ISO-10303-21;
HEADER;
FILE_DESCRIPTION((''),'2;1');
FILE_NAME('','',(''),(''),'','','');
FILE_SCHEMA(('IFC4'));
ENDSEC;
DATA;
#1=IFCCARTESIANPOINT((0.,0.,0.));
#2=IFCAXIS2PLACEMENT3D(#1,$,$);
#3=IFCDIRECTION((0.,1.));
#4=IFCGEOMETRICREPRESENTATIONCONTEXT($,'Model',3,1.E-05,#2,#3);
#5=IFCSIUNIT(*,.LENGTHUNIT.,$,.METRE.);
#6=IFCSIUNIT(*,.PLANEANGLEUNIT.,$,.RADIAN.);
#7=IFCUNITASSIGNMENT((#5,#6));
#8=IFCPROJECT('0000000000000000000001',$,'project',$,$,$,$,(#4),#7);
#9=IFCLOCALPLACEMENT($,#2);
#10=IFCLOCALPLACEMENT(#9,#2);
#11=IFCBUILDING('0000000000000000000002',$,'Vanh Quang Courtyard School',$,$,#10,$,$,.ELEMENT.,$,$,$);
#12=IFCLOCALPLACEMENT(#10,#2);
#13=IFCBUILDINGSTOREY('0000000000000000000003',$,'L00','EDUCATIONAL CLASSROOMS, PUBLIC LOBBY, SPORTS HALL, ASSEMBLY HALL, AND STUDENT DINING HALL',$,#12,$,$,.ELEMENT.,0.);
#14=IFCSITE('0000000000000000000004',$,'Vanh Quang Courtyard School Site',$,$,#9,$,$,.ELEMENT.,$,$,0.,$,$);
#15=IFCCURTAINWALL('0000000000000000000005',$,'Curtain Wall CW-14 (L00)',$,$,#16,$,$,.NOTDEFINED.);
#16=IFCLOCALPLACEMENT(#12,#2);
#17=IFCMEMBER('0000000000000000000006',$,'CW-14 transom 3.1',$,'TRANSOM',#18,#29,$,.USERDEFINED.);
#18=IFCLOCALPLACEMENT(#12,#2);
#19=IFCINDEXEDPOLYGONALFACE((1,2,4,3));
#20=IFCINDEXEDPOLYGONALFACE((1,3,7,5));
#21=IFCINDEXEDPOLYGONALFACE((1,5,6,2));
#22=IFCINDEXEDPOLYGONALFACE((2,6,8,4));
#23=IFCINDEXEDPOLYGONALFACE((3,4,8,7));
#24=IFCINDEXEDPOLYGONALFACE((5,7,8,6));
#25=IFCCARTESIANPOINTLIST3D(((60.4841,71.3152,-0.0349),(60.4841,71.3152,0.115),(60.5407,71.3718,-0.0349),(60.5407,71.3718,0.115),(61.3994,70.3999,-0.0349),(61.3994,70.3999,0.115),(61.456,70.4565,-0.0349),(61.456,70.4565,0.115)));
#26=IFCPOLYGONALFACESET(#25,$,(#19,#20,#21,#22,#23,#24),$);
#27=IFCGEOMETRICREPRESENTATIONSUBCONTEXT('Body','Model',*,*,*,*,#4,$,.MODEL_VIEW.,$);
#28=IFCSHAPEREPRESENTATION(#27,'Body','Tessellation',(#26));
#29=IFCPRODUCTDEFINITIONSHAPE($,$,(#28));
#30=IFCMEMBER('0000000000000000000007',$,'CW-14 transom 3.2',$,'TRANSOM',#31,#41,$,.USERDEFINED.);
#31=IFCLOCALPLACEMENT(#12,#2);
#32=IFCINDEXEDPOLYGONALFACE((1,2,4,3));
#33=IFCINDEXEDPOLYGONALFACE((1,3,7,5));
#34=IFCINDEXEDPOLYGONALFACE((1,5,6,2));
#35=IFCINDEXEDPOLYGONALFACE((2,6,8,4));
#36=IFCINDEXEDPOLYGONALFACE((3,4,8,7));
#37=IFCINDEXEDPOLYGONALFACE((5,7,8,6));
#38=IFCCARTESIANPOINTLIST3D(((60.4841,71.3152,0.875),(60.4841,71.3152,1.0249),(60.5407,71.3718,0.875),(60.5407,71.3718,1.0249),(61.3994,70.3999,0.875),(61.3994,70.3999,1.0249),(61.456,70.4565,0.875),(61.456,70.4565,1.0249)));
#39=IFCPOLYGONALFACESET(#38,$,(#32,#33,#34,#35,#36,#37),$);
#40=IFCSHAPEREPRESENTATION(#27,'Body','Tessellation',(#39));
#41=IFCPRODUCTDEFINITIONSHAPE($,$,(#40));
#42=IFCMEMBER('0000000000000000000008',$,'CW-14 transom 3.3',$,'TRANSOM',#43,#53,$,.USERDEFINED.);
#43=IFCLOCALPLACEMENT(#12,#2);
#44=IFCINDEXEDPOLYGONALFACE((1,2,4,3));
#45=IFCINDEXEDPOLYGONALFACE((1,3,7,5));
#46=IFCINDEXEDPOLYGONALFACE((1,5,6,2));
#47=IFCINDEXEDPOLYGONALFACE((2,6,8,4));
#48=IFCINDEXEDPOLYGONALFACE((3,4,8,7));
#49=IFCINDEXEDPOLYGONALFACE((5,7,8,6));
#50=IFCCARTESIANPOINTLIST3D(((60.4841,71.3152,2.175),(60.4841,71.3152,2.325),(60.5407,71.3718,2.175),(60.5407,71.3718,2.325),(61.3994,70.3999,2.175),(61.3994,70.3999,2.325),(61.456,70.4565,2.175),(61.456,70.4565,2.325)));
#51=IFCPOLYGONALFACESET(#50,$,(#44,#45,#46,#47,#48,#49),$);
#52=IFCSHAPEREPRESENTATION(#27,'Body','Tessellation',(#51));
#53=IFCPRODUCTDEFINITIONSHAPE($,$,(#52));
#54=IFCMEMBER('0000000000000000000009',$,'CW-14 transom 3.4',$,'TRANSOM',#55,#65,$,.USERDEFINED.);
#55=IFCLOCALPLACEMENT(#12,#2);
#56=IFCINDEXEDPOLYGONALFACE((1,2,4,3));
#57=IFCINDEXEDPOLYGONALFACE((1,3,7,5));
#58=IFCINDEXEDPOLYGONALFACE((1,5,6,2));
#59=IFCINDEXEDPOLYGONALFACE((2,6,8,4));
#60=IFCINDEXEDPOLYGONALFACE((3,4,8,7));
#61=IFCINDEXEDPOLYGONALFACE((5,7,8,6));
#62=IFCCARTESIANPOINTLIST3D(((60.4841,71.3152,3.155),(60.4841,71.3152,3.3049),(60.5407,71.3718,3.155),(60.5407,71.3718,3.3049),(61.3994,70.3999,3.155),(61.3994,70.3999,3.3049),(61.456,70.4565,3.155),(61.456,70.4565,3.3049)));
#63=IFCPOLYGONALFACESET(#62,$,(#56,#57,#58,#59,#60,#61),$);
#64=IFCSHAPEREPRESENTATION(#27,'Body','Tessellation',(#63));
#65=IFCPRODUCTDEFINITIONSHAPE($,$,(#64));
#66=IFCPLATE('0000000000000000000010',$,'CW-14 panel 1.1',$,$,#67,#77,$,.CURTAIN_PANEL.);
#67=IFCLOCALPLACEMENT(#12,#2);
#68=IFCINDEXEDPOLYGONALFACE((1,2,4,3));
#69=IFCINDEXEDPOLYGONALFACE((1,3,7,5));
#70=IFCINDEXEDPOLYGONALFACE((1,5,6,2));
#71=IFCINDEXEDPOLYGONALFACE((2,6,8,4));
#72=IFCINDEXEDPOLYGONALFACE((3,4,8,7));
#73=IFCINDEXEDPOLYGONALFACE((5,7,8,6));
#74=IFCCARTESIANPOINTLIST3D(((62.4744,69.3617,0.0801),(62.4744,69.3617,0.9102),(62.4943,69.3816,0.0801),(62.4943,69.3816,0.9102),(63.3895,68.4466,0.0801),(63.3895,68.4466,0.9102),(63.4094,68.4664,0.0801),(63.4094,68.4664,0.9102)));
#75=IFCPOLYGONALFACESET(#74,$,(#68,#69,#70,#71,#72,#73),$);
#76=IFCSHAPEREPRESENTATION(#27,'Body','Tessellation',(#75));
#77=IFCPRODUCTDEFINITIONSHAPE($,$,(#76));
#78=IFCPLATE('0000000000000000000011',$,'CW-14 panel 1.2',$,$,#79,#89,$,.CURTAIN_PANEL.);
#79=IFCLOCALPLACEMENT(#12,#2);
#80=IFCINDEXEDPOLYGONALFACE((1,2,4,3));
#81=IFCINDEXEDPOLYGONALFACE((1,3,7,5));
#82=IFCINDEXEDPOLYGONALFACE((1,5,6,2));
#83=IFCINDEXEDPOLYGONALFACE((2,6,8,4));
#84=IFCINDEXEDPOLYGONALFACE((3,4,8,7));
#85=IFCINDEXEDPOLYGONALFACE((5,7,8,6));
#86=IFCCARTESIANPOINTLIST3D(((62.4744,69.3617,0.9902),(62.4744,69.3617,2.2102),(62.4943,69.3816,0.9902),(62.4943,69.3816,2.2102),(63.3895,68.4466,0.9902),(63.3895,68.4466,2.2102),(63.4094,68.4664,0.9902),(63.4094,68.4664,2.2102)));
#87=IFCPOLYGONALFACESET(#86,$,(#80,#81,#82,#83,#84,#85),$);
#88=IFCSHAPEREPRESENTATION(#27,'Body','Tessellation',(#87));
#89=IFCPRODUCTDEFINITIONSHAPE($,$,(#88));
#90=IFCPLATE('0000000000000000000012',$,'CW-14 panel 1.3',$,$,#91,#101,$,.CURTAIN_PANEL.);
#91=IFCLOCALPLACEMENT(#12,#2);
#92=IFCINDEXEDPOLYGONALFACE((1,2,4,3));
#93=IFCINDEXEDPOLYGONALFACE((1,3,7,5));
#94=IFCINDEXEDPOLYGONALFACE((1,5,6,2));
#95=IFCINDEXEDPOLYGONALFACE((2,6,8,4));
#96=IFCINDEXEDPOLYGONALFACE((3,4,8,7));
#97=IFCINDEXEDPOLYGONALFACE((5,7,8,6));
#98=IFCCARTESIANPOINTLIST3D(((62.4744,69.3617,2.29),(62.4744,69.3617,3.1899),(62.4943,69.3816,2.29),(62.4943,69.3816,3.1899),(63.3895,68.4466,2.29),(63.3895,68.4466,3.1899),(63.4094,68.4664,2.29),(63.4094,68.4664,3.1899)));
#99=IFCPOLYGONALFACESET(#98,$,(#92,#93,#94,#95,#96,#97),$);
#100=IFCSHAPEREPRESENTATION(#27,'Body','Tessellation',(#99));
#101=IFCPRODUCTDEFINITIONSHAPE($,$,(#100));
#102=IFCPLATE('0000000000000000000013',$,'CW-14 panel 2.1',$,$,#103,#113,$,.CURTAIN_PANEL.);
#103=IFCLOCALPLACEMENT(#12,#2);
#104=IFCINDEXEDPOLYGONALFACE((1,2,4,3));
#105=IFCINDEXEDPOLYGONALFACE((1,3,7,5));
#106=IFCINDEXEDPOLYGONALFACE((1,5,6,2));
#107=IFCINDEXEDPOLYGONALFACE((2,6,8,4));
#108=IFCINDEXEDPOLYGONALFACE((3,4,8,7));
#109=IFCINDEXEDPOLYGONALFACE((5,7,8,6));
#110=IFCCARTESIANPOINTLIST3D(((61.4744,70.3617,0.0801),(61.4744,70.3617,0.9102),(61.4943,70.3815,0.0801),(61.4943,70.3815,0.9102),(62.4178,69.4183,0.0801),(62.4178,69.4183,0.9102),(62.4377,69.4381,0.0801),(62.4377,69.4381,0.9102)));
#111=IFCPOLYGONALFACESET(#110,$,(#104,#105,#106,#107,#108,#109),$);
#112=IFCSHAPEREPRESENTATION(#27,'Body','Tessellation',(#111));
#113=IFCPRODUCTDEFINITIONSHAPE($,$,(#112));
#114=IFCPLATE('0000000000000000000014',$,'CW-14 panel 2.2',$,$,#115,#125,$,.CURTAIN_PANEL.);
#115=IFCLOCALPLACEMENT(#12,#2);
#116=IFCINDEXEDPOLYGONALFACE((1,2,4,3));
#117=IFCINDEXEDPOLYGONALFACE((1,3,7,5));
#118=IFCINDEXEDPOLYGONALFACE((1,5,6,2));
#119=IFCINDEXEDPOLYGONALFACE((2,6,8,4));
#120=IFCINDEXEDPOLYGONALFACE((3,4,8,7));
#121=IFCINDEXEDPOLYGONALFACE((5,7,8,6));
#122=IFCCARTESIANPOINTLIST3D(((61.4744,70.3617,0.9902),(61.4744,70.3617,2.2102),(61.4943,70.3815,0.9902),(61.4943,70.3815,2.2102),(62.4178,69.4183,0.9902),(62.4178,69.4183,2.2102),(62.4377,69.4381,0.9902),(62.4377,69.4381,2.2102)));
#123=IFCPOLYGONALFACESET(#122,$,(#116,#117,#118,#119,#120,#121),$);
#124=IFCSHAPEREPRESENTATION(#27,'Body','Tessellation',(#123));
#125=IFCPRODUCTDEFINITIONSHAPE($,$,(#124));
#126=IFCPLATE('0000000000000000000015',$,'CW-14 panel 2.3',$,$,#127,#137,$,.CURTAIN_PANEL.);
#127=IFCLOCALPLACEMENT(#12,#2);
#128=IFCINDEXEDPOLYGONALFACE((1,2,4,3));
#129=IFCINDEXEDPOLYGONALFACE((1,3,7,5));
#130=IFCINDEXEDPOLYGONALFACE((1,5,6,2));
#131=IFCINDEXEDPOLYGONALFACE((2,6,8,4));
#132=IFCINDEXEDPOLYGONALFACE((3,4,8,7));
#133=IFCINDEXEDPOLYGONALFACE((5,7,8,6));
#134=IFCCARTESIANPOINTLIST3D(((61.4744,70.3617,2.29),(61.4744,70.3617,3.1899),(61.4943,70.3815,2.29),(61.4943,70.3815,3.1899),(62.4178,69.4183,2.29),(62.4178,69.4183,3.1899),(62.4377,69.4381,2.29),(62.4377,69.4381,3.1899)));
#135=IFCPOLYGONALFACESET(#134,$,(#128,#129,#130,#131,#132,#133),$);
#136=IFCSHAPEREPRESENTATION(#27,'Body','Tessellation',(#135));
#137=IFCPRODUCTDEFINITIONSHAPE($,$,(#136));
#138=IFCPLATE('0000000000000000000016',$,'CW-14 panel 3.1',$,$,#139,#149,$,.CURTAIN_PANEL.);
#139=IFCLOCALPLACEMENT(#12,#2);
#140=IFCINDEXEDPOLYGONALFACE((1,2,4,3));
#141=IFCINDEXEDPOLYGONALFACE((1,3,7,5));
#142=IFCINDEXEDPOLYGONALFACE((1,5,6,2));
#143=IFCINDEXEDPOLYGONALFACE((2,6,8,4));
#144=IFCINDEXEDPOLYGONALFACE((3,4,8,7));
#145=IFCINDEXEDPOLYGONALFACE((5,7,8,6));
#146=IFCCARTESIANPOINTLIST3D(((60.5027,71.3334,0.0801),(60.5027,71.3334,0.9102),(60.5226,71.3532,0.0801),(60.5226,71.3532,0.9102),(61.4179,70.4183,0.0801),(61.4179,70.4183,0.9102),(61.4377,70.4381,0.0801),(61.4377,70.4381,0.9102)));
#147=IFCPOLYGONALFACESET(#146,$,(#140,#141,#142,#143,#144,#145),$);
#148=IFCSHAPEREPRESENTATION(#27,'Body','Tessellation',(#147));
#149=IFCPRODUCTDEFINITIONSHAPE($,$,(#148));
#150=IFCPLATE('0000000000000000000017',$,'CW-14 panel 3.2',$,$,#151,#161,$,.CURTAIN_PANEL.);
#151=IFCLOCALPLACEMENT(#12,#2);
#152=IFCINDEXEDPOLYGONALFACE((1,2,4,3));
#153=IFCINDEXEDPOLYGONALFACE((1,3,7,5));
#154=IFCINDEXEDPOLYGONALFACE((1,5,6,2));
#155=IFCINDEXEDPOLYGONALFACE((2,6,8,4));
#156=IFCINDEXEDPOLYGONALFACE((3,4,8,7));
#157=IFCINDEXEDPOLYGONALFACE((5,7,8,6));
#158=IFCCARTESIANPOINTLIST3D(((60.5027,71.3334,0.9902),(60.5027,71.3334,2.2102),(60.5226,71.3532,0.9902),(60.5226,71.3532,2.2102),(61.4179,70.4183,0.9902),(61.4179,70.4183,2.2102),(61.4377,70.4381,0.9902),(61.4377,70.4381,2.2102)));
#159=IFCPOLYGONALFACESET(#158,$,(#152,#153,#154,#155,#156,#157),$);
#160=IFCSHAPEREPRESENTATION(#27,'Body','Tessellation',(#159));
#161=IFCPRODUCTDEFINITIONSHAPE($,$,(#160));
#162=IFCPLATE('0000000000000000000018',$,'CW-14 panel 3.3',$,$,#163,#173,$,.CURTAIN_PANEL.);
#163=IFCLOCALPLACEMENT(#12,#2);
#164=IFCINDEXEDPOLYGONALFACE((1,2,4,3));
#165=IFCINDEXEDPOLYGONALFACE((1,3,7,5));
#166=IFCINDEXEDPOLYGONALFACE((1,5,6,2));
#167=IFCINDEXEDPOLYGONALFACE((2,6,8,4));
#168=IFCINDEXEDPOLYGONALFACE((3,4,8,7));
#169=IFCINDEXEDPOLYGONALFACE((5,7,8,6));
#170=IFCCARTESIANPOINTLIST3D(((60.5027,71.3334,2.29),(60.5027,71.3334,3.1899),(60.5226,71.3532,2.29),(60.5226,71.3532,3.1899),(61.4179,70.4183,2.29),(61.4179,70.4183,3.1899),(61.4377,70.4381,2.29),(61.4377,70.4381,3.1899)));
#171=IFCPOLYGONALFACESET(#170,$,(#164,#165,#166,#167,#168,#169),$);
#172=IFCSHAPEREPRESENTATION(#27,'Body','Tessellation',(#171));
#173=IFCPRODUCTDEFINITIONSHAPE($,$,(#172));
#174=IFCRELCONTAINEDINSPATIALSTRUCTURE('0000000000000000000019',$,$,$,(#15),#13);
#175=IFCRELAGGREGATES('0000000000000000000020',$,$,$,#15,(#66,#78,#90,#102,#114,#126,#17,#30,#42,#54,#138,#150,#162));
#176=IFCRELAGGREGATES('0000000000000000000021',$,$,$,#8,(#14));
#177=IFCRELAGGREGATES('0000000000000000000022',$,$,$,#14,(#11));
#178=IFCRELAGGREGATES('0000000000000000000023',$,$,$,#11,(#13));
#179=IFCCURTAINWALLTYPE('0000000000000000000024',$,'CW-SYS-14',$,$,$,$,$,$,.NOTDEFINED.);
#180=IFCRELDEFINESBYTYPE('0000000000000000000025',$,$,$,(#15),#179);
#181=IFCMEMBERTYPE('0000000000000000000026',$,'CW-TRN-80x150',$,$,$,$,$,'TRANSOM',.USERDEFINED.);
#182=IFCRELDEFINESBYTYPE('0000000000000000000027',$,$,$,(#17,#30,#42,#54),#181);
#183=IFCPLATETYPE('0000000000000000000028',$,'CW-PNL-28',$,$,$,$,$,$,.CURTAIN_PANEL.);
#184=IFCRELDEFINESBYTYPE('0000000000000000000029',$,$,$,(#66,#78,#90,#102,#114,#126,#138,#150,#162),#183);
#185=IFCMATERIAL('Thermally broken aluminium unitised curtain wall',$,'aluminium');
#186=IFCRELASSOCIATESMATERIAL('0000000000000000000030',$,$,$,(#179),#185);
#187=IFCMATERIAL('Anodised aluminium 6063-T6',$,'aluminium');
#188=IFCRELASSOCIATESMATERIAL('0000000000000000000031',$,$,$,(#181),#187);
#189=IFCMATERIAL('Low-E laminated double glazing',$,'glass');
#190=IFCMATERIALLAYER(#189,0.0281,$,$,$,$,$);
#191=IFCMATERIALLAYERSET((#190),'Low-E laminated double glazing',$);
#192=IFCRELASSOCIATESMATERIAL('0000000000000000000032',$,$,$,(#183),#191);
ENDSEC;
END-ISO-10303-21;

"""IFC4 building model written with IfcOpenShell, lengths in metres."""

from ifc_helpers import new_model, si_unit, direction, frame, origin, origin_2d, place, context, subcontext, project, spatial, rectangle, extrude, material, layer, layer_set, material_profile, profile_set, type_object, element, aggregate, save


model = new_model("IFC4")

# Units and contexts
model_context = context("Model", 3, precision=1e-05, world=origin(), true_north=direction((0.0, 1.0)))
body_context = subcontext(model_context, "Body", "Model", "MODEL_VIEW")
ifc_project = project(units=[si_unit("LENGTHUNIT", "METRE"), si_unit("PLANEANGLEUNIT", "RADIAN")], contexts=[model_context])

# Site, building, storey
site_placement = place(None, origin())
site = spatial("IfcSite", under=ifc_project, at=site_placement, Name="Vanh Quang Courtyard School Site", CompositionType="ELEMENT", RefElevation=0.0)
building_placement = place(site_placement, origin())
building = spatial("IfcBuilding", under=site, at=building_placement, Name="Vanh Quang Courtyard School", CompositionType="ELEMENT")
storey_placement = place(building_placement, origin())
storey = spatial("IfcBuildingStorey", under=building, at=storey_placement, Name="L00", Description="EDUCATIONAL CLASSROOMS, PUBLIC LOBBY, SPORTS HALL, ASSEMBLY HALL, AND STUDENT DINING HALL", CompositionType="ELEMENT", Elevation=0.0)

# Curtain wall, members, plates
ifc_material_1 = material(Name="Thermally broken aluminium unitised curtain wall", Category="aluminium")
curtain_wall_type = type_object("IfcCurtainWallType", Name="CW-SYS-14", PredefinedType="NOTDEFINED", material=ifc_material_1)
curtain_wall_placement = place(storey_placement, origin())
curtain_wall = element("IfcCurtainWall", 1, at=curtain_wall_placement, inside=storey, type_object=curtain_wall_type, Name="Curtain Wall CW-14 (L00)", PredefinedType="NOTDEFINED")
ifc_material_2 = material(Name="Anodised aluminium 6063-T6", Category="aluminium")
ifc_material_profile_1 = material_profile(ifc_material_2, rectangle(XDim=0.0801, YDim=0.1499, at=origin_2d()), Name="ALU-TRN 80x150")
ifc_profile_set_1 = profile_set([ifc_material_profile_1], Name="Anodised aluminium 6063-T6")
member_type_1 = type_object("IfcMemberType", Name="CW-TRN-80x150", ElementType="TRANSOM", PredefinedType="USERDEFINED", material=ifc_profile_set_1)
member_1_placement = place(storey_placement, frame((61.4277, 70.4282, 0.04), z_axis=(-0.707107, 0.707107, 0.0), x_axis=(-0.707107, -0.707107, 0.0)))
member_1 = element("IfcMember", 2, at=member_1_placement, type_object=member_type_1, Name="CW-14 transom 3.1", ObjectType="TRANSOM", PredefinedType="USERDEFINED", context=body_context, shape_type="SweptSolid", body=[
    extrude(rectangle(XDim=0.0801, YDim=0.1499, at=origin_2d()), origin(), (0.0, 0.0, 1.0), 1.2944),
])
member_2_placement = place(storey_placement, frame((61.4277, 70.4282, 0.95), z_axis=(-0.707107, 0.707107, 0.0), x_axis=(-0.707107, -0.707107, 0.0)))
member_2 = element("IfcMember", 3, at=member_2_placement, type_object=member_type_1, Name="CW-14 transom 3.2", ObjectType="TRANSOM", PredefinedType="USERDEFINED", context=body_context, shape_type="SweptSolid", body=[
    extrude(rectangle(XDim=0.0801, YDim=0.1499, at=origin_2d()), origin(), (0.0, 0.0, 1.0), 1.2944),
])
member_3_placement = place(storey_placement, frame((61.4277, 70.4282, 2.25), z_axis=(-0.707107, 0.707107, 0.0), x_axis=(-0.707107, -0.707107, 0.0)))
member_3 = element("IfcMember", 4, at=member_3_placement, type_object=member_type_1, Name="CW-14 transom 3.3", ObjectType="TRANSOM", PredefinedType="USERDEFINED", context=body_context, shape_type="SweptSolid", body=[
    extrude(rectangle(XDim=0.0801, YDim=0.1499, at=origin_2d()), origin(), (0.0, 0.0, 1.0), 1.2944),
])
member_4_placement = place(storey_placement, frame((61.4277, 70.4282, 3.23), z_axis=(-0.707107, 0.707107, 0.0), x_axis=(-0.707107, -0.707107, 0.0)))
member_4 = element("IfcMember", 5, at=member_4_placement, type_object=member_type_1, Name="CW-14 transom 3.4", ObjectType="TRANSOM", PredefinedType="USERDEFINED", context=body_context, shape_type="SweptSolid", body=[
    extrude(rectangle(XDim=0.0801, YDim=0.1499, at=origin_2d()), origin(), (0.0, 0.0, 1.0), 1.2944),
])
ifc_material_3 = material(Name="Low-E laminated double glazing", Category="glass")
ifc_layer_1 = layer(ifc_material_3, 0.0281)
ifc_layer_set_1 = layer_set([ifc_layer_1], Name="Low-E laminated double glazing")
plate_type = type_object("IfcPlateType", Name="CW-PNL-28", PredefinedType="CURTAIN_PANEL", material=ifc_layer_set_1)
plate_1_placement = place(storey_placement, frame((62.9419, 68.9141, 0.0801), z_axis=(0.0, 0.0, 1.0), x_axis=(-0.707107, 0.707107, 0.0)))
plate_1 = element("IfcPlate", 6, at=plate_1_placement, type_object=plate_type, Name="CW-14 panel 1.1", PredefinedType="CURTAIN_PANEL", context=body_context, shape_type="SweptSolid", body=[
    extrude(rectangle(XDim=1.2942, YDim=0.0281, at=origin_2d()), origin(), (0.0, 0.0, 1.0), 0.8301),
])
plate_2_placement = place(storey_placement, frame((62.9419, 68.9141, 0.9902), z_axis=(0.0, 0.0, 1.0), x_axis=(-0.707107, 0.707107, 0.0)))
plate_2 = element("IfcPlate", 7, at=plate_2_placement, type_object=plate_type, Name="CW-14 panel 1.2", PredefinedType="CURTAIN_PANEL", context=body_context, shape_type="SweptSolid", body=[
    extrude(rectangle(XDim=1.2942, YDim=0.0281, at=origin_2d()), origin(), (0.0, 0.0, 1.0), 1.22),
])
plate_3_placement = place(storey_placement, frame((62.9419, 68.9141, 2.29), z_axis=(0.0, 0.0, 1.0), x_axis=(-0.707107, 0.707107, 0.0)))
plate_3 = element("IfcPlate", 8, at=plate_3_placement, type_object=plate_type, Name="CW-14 panel 1.3", PredefinedType="CURTAIN_PANEL", context=body_context, shape_type="SweptSolid", body=[
    extrude(rectangle(XDim=1.2942, YDim=0.0281, at=origin_2d()), origin(), (0.0, 0.0, 1.0), 0.8999),
])
plate_4_placement = place(storey_placement, frame((61.9561, 69.8999, 0.0801), z_axis=(0.0, 0.0, 1.0), x_axis=(-0.707107, 0.707107, 0.0)))
plate_4 = element("IfcPlate", 9, at=plate_4_placement, type_object=plate_type, Name="CW-14 panel 2.1", PredefinedType="CURTAIN_PANEL", context=body_context, shape_type="SweptSolid", body=[
    extrude(rectangle(XDim=1.3342, YDim=0.0281, at=origin_2d()), origin(), (0.0, 0.0, 1.0), 0.8301),
])
plate_5_placement = place(storey_placement, frame((61.9561, 69.8999, 0.9902), z_axis=(0.0, 0.0, 1.0), x_axis=(-0.707107, 0.707107, 0.0)))
plate_5 = element("IfcPlate", 10, at=plate_5_placement, type_object=plate_type, Name="CW-14 panel 2.2", PredefinedType="CURTAIN_PANEL", context=body_context, shape_type="SweptSolid", body=[
    extrude(rectangle(XDim=1.3342, YDim=0.0281, at=origin_2d()), origin(), (0.0, 0.0, 1.0), 1.22),
])
plate_6_placement = place(storey_placement, frame((61.9561, 69.8999, 2.29), z_axis=(0.0, 0.0, 1.0), x_axis=(-0.707107, 0.707107, 0.0)))
plate_6 = element("IfcPlate", 11, at=plate_6_placement, type_object=plate_type, Name="CW-14 panel 2.3", PredefinedType="CURTAIN_PANEL", context=body_context, shape_type="SweptSolid", body=[
    extrude(rectangle(XDim=1.3342, YDim=0.0281, at=origin_2d()), origin(), (0.0, 0.0, 1.0), 0.8999),
])
plate_7_placement = place(storey_placement, frame((60.9702, 70.8857, 0.0801), z_axis=(0.0, 0.0, 1.0), x_axis=(-0.707107, 0.707107, 0.0)))
plate_7 = element("IfcPlate", 12, at=plate_7_placement, type_object=plate_type, Name="CW-14 panel 3.1", PredefinedType="CURTAIN_PANEL", context=body_context, shape_type="SweptSolid", body=[
    extrude(rectangle(XDim=1.2942, YDim=0.0281, at=origin_2d()), origin(), (0.0, 0.0, 1.0), 0.8301),
])
plate_8_placement = place(storey_placement, frame((60.9702, 70.8857, 0.9902), z_axis=(0.0, 0.0, 1.0), x_axis=(-0.707107, 0.707107, 0.0)))
plate_8 = element("IfcPlate", 13, at=plate_8_placement, type_object=plate_type, Name="CW-14 panel 3.2", PredefinedType="CURTAIN_PANEL", context=body_context, shape_type="SweptSolid", body=[
    extrude(rectangle(XDim=1.2942, YDim=0.0281, at=origin_2d()), origin(), (0.0, 0.0, 1.0), 1.22),
])
plate_9_placement = place(storey_placement, frame((60.9702, 70.8857, 2.29), z_axis=(0.0, 0.0, 1.0), x_axis=(-0.707107, 0.707107, 0.0)))
plate_9 = element("IfcPlate", 14, at=plate_9_placement, type_object=plate_type, Name="CW-14 panel 3.3", PredefinedType="CURTAIN_PANEL", context=body_context, shape_type="SweptSolid", body=[
    extrude(rectangle(XDim=1.2942, YDim=0.0281, at=origin_2d()), origin(), (0.0, 0.0, 1.0), 0.8999),
])
aggregate(curtain_wall, [plate_1, plate_2, plate_3, plate_4, plate_5, plate_6, member_1, member_2, member_3, member_4, plate_7, plate_8, plate_9])

save(model, "model.ifc")
